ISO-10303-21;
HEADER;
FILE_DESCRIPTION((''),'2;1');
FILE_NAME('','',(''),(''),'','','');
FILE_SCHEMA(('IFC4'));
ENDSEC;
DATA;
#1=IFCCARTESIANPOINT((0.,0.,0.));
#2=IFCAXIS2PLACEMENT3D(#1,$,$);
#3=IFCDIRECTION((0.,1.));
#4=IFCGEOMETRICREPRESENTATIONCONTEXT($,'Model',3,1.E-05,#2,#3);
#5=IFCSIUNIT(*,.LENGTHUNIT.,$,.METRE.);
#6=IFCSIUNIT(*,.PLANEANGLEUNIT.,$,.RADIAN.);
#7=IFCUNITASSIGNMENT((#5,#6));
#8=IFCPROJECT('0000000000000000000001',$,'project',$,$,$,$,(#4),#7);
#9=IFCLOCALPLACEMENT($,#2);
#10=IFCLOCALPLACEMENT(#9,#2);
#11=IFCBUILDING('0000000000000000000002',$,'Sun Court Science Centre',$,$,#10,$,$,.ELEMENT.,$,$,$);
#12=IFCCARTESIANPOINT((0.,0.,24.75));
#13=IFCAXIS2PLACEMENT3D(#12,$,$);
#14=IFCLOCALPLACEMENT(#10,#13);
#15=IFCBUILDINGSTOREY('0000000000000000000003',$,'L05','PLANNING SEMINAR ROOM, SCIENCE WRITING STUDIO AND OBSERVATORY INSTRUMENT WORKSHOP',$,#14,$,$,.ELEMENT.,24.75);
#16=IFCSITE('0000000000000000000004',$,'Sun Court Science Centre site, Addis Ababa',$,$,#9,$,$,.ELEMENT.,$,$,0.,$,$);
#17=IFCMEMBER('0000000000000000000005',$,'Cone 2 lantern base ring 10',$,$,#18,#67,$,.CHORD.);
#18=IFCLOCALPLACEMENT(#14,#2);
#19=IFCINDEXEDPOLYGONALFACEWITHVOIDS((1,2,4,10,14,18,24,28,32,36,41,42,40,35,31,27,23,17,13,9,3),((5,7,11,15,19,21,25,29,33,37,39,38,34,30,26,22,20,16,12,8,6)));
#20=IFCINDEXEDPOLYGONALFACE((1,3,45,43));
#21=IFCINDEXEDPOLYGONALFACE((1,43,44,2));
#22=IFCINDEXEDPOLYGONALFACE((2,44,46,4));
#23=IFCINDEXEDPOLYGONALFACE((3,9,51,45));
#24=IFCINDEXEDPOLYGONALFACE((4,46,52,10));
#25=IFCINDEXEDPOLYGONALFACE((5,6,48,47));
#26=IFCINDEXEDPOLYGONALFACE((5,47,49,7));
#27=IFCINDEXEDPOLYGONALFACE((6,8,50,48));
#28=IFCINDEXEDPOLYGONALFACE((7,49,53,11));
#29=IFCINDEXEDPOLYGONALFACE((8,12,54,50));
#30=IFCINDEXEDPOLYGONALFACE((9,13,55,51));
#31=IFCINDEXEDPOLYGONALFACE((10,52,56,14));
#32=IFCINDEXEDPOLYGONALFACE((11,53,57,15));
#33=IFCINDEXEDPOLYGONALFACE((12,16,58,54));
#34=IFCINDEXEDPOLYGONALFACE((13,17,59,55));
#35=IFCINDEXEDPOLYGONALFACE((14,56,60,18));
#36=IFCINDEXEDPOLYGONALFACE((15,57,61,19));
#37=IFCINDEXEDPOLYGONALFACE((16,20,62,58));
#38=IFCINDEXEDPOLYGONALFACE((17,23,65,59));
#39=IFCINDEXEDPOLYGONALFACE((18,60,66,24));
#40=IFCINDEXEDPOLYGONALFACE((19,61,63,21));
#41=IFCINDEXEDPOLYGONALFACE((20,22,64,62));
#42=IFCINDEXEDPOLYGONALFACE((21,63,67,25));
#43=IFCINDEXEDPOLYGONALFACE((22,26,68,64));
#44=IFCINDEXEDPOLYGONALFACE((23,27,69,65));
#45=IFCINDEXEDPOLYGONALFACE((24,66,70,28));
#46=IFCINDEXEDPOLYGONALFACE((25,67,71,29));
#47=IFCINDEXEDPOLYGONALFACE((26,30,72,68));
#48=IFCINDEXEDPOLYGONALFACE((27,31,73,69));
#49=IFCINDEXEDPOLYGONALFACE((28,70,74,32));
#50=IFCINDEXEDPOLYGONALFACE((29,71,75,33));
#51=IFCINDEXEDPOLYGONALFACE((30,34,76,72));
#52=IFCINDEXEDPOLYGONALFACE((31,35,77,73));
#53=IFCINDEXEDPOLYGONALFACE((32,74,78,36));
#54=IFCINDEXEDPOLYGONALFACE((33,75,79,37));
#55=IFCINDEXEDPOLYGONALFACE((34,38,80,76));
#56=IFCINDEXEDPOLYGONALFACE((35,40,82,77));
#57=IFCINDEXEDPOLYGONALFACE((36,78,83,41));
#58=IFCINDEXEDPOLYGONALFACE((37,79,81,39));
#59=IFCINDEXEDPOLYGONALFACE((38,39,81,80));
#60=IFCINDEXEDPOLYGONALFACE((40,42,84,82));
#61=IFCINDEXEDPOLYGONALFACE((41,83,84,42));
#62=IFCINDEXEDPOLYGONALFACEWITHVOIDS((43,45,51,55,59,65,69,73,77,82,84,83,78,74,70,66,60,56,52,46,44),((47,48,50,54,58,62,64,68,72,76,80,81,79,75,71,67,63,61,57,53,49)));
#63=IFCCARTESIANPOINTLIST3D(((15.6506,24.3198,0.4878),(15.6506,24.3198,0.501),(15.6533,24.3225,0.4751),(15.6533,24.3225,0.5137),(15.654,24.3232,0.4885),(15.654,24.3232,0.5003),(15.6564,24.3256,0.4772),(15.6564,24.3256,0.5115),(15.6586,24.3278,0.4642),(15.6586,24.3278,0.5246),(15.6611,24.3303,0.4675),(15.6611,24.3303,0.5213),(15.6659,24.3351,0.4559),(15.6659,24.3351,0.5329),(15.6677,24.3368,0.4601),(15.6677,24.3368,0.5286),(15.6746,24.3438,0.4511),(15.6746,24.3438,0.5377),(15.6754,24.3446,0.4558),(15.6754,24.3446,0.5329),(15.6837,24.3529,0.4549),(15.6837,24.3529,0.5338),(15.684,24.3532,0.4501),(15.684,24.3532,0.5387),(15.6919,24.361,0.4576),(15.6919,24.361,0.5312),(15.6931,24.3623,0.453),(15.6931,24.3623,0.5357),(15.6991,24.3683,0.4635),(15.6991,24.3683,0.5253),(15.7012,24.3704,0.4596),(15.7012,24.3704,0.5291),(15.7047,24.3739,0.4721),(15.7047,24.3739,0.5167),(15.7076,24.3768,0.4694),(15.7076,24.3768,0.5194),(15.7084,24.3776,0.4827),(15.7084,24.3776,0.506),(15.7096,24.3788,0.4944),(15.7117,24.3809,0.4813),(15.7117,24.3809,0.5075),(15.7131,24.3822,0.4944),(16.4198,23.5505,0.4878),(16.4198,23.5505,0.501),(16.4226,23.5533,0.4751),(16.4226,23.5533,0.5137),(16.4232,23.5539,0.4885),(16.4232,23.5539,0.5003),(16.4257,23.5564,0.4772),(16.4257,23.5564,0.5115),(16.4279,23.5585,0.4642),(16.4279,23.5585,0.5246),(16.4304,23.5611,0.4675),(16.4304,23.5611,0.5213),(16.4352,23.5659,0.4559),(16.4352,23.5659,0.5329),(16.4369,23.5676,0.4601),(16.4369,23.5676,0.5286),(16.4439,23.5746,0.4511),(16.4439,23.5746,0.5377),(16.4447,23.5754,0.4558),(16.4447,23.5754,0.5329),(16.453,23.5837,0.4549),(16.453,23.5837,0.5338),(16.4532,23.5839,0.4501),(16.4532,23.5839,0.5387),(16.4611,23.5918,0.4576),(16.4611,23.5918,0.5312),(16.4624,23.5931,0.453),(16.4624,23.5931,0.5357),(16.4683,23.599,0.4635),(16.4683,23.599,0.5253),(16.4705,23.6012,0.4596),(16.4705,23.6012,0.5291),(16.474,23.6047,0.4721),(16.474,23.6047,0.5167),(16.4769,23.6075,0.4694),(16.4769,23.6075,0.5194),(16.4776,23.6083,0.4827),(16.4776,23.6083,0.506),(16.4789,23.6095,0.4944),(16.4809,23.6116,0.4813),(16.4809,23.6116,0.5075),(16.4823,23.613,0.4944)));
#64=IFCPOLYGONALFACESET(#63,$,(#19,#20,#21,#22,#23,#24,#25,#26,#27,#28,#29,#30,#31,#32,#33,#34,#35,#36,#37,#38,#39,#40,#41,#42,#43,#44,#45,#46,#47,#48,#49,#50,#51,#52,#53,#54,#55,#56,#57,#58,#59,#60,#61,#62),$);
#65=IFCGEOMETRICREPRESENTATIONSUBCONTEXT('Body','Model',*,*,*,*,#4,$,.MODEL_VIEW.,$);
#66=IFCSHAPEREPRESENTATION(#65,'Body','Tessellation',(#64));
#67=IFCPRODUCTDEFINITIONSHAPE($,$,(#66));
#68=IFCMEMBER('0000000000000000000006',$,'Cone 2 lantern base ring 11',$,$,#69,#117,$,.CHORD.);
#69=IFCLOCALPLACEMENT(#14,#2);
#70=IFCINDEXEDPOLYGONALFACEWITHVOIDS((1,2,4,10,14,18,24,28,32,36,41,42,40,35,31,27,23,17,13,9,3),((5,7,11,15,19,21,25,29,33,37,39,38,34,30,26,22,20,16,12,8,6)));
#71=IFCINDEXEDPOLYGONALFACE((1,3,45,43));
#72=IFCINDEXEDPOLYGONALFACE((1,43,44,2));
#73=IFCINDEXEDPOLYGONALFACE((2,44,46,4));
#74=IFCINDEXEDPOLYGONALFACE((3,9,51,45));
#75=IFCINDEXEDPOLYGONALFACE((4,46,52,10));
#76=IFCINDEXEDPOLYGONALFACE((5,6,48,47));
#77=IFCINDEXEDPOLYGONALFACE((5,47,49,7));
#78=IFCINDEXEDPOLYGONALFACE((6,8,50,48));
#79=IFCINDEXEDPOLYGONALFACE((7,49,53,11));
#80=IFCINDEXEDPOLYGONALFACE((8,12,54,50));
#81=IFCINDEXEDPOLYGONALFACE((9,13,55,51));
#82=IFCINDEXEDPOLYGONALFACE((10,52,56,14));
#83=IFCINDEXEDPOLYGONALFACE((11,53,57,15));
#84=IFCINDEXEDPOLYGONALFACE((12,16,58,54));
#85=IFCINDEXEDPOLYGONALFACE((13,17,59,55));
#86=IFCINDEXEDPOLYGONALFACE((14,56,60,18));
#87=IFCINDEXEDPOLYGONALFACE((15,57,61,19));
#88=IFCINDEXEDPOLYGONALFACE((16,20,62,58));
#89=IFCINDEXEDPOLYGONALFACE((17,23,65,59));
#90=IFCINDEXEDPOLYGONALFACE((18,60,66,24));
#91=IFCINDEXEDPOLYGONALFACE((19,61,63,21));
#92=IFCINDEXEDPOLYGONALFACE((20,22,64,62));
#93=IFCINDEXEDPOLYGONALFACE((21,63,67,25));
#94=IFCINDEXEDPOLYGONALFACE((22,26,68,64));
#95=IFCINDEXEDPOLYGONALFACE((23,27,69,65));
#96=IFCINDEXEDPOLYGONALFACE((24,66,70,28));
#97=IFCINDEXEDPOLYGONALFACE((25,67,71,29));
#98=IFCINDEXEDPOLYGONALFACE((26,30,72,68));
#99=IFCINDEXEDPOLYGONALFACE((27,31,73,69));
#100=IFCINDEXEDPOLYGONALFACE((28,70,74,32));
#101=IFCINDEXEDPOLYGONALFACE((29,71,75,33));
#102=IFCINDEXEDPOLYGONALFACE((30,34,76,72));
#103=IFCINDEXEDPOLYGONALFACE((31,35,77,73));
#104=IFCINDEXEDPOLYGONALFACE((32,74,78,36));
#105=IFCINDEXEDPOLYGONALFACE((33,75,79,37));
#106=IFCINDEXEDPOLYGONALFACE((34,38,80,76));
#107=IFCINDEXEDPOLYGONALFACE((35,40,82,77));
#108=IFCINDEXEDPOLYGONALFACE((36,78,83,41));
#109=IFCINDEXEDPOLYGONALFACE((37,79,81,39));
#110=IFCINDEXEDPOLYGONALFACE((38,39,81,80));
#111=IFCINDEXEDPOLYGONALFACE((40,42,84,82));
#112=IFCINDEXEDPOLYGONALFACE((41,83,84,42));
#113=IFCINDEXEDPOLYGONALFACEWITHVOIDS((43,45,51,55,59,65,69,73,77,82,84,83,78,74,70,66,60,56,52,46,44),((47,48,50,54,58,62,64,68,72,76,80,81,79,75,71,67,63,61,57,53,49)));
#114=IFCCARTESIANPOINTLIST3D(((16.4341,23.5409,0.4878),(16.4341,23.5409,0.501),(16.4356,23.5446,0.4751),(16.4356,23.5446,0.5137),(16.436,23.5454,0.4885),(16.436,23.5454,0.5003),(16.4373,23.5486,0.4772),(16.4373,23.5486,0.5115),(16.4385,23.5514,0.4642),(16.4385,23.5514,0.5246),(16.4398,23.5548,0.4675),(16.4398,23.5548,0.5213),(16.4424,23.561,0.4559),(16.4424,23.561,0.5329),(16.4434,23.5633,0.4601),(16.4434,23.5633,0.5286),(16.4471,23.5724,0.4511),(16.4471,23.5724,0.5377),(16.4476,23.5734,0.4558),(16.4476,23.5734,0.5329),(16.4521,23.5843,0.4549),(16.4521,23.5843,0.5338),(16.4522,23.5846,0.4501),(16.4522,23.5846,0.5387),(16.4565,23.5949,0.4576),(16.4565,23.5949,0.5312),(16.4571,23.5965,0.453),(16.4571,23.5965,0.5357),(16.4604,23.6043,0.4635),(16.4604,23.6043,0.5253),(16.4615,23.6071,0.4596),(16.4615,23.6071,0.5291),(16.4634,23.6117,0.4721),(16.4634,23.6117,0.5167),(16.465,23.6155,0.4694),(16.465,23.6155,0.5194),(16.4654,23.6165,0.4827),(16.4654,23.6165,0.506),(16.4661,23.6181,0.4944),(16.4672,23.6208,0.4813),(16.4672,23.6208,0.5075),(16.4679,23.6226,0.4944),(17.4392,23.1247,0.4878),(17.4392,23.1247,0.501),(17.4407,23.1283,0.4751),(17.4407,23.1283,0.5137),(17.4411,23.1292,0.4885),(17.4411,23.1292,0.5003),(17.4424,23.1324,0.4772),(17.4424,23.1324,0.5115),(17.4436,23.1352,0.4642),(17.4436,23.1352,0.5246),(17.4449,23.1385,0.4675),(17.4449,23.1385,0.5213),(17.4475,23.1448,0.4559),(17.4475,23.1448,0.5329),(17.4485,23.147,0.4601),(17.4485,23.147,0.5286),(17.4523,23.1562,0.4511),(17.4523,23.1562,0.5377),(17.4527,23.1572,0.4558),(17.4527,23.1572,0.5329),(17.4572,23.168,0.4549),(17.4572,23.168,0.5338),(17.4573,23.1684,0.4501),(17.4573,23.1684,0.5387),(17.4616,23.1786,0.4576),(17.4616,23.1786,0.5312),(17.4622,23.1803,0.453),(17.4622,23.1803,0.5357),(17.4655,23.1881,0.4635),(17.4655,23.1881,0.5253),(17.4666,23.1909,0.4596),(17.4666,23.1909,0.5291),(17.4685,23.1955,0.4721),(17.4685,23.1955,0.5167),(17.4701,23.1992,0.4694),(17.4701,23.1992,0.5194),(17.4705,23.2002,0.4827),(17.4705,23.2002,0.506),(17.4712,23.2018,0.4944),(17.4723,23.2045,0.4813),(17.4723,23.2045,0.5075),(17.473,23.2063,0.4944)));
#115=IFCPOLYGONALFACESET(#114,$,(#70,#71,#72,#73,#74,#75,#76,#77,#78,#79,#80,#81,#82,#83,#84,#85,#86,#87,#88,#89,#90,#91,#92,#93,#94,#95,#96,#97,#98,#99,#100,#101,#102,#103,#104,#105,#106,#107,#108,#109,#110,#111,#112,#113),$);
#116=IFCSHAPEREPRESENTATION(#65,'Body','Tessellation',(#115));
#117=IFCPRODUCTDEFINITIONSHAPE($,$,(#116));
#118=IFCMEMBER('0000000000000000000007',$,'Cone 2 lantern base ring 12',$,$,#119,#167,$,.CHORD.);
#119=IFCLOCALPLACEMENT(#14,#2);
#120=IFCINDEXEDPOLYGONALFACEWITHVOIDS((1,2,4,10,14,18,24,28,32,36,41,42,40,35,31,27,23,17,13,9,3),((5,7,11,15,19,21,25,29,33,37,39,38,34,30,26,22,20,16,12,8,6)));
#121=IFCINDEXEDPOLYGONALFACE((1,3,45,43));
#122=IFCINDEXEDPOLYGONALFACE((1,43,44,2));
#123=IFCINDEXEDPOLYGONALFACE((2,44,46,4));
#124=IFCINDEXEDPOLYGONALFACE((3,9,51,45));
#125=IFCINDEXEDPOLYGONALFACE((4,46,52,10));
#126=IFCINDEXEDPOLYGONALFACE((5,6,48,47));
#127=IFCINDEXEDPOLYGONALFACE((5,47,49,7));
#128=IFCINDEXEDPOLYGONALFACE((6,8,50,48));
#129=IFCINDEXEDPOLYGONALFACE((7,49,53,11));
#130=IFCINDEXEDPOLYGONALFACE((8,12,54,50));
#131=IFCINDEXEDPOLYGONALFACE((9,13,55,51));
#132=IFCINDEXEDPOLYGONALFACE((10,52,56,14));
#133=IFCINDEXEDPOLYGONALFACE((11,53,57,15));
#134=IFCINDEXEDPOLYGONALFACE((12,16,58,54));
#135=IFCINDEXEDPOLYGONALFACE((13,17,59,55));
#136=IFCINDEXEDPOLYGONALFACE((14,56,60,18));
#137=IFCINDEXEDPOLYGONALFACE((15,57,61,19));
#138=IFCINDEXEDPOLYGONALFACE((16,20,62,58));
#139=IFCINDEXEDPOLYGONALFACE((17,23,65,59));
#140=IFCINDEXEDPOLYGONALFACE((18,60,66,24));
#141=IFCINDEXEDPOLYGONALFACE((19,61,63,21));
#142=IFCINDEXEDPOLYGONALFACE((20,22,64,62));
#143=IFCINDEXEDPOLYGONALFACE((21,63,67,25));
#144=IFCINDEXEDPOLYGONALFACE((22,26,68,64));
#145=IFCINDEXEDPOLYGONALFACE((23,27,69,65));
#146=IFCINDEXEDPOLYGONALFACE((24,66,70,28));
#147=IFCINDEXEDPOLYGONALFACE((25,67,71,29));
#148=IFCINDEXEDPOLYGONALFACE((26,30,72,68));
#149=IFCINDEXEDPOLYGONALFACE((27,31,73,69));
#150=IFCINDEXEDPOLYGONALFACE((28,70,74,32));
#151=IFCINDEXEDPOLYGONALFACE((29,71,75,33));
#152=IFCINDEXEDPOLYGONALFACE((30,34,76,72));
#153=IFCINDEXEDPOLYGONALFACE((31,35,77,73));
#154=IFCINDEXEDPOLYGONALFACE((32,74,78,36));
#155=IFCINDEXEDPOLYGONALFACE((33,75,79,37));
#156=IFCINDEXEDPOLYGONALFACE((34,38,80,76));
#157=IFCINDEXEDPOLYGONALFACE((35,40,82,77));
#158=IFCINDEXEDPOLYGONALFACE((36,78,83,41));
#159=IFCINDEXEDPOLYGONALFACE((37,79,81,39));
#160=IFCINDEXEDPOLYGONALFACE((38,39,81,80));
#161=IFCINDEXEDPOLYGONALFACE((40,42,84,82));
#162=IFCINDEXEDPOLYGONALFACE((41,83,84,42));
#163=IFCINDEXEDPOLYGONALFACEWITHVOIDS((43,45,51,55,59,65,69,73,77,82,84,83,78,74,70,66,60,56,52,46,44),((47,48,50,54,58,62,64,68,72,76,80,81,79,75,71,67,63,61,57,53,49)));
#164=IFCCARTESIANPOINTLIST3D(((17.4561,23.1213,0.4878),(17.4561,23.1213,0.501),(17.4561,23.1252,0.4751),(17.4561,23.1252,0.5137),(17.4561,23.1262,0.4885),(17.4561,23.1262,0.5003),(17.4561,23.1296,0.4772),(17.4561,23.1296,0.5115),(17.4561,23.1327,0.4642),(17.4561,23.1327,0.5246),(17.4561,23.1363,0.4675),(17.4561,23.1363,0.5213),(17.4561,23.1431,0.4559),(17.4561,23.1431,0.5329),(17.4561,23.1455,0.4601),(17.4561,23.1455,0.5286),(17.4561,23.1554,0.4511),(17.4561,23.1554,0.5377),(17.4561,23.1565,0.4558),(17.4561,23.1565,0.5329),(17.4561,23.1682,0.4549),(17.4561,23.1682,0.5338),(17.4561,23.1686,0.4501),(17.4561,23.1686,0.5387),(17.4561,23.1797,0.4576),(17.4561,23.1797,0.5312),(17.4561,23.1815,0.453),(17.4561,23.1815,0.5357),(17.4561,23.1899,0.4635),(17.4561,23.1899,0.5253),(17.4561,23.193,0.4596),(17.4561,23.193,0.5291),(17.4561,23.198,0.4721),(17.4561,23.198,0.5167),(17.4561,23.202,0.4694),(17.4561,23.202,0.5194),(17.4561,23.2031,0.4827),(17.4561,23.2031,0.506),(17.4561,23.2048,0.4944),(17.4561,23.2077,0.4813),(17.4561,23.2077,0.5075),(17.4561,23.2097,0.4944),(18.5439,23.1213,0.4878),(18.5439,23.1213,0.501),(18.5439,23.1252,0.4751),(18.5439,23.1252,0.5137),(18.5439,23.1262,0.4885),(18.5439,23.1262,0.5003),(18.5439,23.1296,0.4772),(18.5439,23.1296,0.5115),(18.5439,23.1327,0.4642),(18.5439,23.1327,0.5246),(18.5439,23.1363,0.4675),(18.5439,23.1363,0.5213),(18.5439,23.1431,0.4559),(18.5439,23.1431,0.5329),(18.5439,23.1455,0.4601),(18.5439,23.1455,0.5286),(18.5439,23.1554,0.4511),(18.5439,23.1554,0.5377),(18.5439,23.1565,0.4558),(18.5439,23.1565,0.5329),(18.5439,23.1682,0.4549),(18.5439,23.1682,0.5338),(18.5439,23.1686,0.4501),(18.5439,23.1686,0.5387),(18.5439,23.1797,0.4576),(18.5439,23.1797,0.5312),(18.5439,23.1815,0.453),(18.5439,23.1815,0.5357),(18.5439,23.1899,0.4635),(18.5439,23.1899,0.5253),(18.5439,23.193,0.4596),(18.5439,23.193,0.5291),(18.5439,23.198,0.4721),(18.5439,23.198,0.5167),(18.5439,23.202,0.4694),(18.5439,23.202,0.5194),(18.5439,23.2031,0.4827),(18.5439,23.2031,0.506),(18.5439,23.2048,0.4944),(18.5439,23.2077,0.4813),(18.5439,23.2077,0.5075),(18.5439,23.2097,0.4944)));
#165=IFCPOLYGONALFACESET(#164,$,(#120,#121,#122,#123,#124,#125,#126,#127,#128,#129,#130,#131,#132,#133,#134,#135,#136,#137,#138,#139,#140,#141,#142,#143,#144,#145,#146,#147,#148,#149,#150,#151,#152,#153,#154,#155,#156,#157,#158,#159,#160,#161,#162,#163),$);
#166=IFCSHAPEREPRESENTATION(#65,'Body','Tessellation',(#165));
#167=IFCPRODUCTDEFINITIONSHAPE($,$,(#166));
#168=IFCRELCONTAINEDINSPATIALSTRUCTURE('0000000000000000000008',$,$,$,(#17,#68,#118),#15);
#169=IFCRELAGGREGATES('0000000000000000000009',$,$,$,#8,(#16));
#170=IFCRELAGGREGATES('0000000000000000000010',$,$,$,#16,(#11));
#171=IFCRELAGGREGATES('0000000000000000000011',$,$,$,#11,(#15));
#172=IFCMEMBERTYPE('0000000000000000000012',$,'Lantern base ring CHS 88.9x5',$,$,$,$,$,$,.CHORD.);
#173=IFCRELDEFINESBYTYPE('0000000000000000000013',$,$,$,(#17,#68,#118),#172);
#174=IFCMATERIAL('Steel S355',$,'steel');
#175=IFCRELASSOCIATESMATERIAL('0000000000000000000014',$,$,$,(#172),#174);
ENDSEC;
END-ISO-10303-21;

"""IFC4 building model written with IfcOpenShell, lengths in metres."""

from ifc_helpers import new_model, si_unit, direction, frame, origin, origin_2d, place, context, subcontext, project, spatial, hollow_circle, extrude, material, material_profile, profile_set, type_object, element, save


model = new_model("IFC4")

# Units and contexts
model_context = context("Model", 3, precision=1e-05, world=origin(), true_north=direction((0.0, 1.0)))
body_context = subcontext(model_context, "Body", "Model", "MODEL_VIEW")
ifc_project = project(units=[si_unit("LENGTHUNIT", "METRE"), si_unit("PLANEANGLEUNIT", "RADIAN")], contexts=[model_context])

# Site, building, storey
site_placement = place(None, origin())
site = spatial("IfcSite", under=ifc_project, at=site_placement, Name="Sun Court Science Centre site, Addis Ababa", CompositionType="ELEMENT", RefElevation=0.0)
building_placement = place(site_placement, origin())
building = spatial("IfcBuilding", under=site, at=building_placement, Name="Sun Court Science Centre", CompositionType="ELEMENT")
storey_placement = place(building_placement, frame((0.0, 0.0, 24.75)))
storey = spatial("IfcBuildingStorey", under=building, at=storey_placement, Name="L05", Description="PLANNING SEMINAR ROOM, SCIENCE WRITING STUDIO AND OBSERVATORY INSTRUMENT WORKSHOP", CompositionType="ELEMENT", Elevation=24.75)

# Members
ifc_material_1 = material(Name="Steel S355", Category="steel")
ifc_material_profile_1 = material_profile(ifc_material_1, hollow_circle(Radius=0.0444, WallThickness=0.0049, at=origin_2d()), Name="CHS 88.9x5")
ifc_profile_set_1 = profile_set([ifc_material_profile_1], Name="Steel S355")
member_type_1 = type_object("IfcMemberType", Name="Lantern base ring CHS 88.9x5", PredefinedType="CHORD", material=ifc_profile_set_1)
for number, where, z_axis, x_axis, name in (
    (1, (15.6816, 24.3508, 0.4944), (0.707107, -0.707107, 0.0), (0.707107, 0.707107, 0.0), "Cone 2 lantern base ring 10"),
    (2, (16.4509, 23.5815, 0.4944), (0.923905, -0.382623, 0.0), (0.382623, 0.923905, 0.0), "Cone 2 lantern base ring 11"),
    (3, (17.4561, 23.1653, 0.4944), (1.0, 0.0, 0.0), (0.0, 1.0, 0.0), "Cone 2 lantern base ring 12"),
):
    element("IfcMember", number, at=place(storey_placement, frame(where, z_axis=z_axis, x_axis=x_axis)), inside=storey, type_object=member_type_1, Name=name, PredefinedType="CHORD", context=body_context, shape_type="SweptSolid", body=[
        extrude(hollow_circle(Radius=0.0444, WallThickness=0.0049, at=origin_2d()), origin(), (0.0, 0.0, 1.0), 1.0879),
    ])

save(model, "model.ifc")
